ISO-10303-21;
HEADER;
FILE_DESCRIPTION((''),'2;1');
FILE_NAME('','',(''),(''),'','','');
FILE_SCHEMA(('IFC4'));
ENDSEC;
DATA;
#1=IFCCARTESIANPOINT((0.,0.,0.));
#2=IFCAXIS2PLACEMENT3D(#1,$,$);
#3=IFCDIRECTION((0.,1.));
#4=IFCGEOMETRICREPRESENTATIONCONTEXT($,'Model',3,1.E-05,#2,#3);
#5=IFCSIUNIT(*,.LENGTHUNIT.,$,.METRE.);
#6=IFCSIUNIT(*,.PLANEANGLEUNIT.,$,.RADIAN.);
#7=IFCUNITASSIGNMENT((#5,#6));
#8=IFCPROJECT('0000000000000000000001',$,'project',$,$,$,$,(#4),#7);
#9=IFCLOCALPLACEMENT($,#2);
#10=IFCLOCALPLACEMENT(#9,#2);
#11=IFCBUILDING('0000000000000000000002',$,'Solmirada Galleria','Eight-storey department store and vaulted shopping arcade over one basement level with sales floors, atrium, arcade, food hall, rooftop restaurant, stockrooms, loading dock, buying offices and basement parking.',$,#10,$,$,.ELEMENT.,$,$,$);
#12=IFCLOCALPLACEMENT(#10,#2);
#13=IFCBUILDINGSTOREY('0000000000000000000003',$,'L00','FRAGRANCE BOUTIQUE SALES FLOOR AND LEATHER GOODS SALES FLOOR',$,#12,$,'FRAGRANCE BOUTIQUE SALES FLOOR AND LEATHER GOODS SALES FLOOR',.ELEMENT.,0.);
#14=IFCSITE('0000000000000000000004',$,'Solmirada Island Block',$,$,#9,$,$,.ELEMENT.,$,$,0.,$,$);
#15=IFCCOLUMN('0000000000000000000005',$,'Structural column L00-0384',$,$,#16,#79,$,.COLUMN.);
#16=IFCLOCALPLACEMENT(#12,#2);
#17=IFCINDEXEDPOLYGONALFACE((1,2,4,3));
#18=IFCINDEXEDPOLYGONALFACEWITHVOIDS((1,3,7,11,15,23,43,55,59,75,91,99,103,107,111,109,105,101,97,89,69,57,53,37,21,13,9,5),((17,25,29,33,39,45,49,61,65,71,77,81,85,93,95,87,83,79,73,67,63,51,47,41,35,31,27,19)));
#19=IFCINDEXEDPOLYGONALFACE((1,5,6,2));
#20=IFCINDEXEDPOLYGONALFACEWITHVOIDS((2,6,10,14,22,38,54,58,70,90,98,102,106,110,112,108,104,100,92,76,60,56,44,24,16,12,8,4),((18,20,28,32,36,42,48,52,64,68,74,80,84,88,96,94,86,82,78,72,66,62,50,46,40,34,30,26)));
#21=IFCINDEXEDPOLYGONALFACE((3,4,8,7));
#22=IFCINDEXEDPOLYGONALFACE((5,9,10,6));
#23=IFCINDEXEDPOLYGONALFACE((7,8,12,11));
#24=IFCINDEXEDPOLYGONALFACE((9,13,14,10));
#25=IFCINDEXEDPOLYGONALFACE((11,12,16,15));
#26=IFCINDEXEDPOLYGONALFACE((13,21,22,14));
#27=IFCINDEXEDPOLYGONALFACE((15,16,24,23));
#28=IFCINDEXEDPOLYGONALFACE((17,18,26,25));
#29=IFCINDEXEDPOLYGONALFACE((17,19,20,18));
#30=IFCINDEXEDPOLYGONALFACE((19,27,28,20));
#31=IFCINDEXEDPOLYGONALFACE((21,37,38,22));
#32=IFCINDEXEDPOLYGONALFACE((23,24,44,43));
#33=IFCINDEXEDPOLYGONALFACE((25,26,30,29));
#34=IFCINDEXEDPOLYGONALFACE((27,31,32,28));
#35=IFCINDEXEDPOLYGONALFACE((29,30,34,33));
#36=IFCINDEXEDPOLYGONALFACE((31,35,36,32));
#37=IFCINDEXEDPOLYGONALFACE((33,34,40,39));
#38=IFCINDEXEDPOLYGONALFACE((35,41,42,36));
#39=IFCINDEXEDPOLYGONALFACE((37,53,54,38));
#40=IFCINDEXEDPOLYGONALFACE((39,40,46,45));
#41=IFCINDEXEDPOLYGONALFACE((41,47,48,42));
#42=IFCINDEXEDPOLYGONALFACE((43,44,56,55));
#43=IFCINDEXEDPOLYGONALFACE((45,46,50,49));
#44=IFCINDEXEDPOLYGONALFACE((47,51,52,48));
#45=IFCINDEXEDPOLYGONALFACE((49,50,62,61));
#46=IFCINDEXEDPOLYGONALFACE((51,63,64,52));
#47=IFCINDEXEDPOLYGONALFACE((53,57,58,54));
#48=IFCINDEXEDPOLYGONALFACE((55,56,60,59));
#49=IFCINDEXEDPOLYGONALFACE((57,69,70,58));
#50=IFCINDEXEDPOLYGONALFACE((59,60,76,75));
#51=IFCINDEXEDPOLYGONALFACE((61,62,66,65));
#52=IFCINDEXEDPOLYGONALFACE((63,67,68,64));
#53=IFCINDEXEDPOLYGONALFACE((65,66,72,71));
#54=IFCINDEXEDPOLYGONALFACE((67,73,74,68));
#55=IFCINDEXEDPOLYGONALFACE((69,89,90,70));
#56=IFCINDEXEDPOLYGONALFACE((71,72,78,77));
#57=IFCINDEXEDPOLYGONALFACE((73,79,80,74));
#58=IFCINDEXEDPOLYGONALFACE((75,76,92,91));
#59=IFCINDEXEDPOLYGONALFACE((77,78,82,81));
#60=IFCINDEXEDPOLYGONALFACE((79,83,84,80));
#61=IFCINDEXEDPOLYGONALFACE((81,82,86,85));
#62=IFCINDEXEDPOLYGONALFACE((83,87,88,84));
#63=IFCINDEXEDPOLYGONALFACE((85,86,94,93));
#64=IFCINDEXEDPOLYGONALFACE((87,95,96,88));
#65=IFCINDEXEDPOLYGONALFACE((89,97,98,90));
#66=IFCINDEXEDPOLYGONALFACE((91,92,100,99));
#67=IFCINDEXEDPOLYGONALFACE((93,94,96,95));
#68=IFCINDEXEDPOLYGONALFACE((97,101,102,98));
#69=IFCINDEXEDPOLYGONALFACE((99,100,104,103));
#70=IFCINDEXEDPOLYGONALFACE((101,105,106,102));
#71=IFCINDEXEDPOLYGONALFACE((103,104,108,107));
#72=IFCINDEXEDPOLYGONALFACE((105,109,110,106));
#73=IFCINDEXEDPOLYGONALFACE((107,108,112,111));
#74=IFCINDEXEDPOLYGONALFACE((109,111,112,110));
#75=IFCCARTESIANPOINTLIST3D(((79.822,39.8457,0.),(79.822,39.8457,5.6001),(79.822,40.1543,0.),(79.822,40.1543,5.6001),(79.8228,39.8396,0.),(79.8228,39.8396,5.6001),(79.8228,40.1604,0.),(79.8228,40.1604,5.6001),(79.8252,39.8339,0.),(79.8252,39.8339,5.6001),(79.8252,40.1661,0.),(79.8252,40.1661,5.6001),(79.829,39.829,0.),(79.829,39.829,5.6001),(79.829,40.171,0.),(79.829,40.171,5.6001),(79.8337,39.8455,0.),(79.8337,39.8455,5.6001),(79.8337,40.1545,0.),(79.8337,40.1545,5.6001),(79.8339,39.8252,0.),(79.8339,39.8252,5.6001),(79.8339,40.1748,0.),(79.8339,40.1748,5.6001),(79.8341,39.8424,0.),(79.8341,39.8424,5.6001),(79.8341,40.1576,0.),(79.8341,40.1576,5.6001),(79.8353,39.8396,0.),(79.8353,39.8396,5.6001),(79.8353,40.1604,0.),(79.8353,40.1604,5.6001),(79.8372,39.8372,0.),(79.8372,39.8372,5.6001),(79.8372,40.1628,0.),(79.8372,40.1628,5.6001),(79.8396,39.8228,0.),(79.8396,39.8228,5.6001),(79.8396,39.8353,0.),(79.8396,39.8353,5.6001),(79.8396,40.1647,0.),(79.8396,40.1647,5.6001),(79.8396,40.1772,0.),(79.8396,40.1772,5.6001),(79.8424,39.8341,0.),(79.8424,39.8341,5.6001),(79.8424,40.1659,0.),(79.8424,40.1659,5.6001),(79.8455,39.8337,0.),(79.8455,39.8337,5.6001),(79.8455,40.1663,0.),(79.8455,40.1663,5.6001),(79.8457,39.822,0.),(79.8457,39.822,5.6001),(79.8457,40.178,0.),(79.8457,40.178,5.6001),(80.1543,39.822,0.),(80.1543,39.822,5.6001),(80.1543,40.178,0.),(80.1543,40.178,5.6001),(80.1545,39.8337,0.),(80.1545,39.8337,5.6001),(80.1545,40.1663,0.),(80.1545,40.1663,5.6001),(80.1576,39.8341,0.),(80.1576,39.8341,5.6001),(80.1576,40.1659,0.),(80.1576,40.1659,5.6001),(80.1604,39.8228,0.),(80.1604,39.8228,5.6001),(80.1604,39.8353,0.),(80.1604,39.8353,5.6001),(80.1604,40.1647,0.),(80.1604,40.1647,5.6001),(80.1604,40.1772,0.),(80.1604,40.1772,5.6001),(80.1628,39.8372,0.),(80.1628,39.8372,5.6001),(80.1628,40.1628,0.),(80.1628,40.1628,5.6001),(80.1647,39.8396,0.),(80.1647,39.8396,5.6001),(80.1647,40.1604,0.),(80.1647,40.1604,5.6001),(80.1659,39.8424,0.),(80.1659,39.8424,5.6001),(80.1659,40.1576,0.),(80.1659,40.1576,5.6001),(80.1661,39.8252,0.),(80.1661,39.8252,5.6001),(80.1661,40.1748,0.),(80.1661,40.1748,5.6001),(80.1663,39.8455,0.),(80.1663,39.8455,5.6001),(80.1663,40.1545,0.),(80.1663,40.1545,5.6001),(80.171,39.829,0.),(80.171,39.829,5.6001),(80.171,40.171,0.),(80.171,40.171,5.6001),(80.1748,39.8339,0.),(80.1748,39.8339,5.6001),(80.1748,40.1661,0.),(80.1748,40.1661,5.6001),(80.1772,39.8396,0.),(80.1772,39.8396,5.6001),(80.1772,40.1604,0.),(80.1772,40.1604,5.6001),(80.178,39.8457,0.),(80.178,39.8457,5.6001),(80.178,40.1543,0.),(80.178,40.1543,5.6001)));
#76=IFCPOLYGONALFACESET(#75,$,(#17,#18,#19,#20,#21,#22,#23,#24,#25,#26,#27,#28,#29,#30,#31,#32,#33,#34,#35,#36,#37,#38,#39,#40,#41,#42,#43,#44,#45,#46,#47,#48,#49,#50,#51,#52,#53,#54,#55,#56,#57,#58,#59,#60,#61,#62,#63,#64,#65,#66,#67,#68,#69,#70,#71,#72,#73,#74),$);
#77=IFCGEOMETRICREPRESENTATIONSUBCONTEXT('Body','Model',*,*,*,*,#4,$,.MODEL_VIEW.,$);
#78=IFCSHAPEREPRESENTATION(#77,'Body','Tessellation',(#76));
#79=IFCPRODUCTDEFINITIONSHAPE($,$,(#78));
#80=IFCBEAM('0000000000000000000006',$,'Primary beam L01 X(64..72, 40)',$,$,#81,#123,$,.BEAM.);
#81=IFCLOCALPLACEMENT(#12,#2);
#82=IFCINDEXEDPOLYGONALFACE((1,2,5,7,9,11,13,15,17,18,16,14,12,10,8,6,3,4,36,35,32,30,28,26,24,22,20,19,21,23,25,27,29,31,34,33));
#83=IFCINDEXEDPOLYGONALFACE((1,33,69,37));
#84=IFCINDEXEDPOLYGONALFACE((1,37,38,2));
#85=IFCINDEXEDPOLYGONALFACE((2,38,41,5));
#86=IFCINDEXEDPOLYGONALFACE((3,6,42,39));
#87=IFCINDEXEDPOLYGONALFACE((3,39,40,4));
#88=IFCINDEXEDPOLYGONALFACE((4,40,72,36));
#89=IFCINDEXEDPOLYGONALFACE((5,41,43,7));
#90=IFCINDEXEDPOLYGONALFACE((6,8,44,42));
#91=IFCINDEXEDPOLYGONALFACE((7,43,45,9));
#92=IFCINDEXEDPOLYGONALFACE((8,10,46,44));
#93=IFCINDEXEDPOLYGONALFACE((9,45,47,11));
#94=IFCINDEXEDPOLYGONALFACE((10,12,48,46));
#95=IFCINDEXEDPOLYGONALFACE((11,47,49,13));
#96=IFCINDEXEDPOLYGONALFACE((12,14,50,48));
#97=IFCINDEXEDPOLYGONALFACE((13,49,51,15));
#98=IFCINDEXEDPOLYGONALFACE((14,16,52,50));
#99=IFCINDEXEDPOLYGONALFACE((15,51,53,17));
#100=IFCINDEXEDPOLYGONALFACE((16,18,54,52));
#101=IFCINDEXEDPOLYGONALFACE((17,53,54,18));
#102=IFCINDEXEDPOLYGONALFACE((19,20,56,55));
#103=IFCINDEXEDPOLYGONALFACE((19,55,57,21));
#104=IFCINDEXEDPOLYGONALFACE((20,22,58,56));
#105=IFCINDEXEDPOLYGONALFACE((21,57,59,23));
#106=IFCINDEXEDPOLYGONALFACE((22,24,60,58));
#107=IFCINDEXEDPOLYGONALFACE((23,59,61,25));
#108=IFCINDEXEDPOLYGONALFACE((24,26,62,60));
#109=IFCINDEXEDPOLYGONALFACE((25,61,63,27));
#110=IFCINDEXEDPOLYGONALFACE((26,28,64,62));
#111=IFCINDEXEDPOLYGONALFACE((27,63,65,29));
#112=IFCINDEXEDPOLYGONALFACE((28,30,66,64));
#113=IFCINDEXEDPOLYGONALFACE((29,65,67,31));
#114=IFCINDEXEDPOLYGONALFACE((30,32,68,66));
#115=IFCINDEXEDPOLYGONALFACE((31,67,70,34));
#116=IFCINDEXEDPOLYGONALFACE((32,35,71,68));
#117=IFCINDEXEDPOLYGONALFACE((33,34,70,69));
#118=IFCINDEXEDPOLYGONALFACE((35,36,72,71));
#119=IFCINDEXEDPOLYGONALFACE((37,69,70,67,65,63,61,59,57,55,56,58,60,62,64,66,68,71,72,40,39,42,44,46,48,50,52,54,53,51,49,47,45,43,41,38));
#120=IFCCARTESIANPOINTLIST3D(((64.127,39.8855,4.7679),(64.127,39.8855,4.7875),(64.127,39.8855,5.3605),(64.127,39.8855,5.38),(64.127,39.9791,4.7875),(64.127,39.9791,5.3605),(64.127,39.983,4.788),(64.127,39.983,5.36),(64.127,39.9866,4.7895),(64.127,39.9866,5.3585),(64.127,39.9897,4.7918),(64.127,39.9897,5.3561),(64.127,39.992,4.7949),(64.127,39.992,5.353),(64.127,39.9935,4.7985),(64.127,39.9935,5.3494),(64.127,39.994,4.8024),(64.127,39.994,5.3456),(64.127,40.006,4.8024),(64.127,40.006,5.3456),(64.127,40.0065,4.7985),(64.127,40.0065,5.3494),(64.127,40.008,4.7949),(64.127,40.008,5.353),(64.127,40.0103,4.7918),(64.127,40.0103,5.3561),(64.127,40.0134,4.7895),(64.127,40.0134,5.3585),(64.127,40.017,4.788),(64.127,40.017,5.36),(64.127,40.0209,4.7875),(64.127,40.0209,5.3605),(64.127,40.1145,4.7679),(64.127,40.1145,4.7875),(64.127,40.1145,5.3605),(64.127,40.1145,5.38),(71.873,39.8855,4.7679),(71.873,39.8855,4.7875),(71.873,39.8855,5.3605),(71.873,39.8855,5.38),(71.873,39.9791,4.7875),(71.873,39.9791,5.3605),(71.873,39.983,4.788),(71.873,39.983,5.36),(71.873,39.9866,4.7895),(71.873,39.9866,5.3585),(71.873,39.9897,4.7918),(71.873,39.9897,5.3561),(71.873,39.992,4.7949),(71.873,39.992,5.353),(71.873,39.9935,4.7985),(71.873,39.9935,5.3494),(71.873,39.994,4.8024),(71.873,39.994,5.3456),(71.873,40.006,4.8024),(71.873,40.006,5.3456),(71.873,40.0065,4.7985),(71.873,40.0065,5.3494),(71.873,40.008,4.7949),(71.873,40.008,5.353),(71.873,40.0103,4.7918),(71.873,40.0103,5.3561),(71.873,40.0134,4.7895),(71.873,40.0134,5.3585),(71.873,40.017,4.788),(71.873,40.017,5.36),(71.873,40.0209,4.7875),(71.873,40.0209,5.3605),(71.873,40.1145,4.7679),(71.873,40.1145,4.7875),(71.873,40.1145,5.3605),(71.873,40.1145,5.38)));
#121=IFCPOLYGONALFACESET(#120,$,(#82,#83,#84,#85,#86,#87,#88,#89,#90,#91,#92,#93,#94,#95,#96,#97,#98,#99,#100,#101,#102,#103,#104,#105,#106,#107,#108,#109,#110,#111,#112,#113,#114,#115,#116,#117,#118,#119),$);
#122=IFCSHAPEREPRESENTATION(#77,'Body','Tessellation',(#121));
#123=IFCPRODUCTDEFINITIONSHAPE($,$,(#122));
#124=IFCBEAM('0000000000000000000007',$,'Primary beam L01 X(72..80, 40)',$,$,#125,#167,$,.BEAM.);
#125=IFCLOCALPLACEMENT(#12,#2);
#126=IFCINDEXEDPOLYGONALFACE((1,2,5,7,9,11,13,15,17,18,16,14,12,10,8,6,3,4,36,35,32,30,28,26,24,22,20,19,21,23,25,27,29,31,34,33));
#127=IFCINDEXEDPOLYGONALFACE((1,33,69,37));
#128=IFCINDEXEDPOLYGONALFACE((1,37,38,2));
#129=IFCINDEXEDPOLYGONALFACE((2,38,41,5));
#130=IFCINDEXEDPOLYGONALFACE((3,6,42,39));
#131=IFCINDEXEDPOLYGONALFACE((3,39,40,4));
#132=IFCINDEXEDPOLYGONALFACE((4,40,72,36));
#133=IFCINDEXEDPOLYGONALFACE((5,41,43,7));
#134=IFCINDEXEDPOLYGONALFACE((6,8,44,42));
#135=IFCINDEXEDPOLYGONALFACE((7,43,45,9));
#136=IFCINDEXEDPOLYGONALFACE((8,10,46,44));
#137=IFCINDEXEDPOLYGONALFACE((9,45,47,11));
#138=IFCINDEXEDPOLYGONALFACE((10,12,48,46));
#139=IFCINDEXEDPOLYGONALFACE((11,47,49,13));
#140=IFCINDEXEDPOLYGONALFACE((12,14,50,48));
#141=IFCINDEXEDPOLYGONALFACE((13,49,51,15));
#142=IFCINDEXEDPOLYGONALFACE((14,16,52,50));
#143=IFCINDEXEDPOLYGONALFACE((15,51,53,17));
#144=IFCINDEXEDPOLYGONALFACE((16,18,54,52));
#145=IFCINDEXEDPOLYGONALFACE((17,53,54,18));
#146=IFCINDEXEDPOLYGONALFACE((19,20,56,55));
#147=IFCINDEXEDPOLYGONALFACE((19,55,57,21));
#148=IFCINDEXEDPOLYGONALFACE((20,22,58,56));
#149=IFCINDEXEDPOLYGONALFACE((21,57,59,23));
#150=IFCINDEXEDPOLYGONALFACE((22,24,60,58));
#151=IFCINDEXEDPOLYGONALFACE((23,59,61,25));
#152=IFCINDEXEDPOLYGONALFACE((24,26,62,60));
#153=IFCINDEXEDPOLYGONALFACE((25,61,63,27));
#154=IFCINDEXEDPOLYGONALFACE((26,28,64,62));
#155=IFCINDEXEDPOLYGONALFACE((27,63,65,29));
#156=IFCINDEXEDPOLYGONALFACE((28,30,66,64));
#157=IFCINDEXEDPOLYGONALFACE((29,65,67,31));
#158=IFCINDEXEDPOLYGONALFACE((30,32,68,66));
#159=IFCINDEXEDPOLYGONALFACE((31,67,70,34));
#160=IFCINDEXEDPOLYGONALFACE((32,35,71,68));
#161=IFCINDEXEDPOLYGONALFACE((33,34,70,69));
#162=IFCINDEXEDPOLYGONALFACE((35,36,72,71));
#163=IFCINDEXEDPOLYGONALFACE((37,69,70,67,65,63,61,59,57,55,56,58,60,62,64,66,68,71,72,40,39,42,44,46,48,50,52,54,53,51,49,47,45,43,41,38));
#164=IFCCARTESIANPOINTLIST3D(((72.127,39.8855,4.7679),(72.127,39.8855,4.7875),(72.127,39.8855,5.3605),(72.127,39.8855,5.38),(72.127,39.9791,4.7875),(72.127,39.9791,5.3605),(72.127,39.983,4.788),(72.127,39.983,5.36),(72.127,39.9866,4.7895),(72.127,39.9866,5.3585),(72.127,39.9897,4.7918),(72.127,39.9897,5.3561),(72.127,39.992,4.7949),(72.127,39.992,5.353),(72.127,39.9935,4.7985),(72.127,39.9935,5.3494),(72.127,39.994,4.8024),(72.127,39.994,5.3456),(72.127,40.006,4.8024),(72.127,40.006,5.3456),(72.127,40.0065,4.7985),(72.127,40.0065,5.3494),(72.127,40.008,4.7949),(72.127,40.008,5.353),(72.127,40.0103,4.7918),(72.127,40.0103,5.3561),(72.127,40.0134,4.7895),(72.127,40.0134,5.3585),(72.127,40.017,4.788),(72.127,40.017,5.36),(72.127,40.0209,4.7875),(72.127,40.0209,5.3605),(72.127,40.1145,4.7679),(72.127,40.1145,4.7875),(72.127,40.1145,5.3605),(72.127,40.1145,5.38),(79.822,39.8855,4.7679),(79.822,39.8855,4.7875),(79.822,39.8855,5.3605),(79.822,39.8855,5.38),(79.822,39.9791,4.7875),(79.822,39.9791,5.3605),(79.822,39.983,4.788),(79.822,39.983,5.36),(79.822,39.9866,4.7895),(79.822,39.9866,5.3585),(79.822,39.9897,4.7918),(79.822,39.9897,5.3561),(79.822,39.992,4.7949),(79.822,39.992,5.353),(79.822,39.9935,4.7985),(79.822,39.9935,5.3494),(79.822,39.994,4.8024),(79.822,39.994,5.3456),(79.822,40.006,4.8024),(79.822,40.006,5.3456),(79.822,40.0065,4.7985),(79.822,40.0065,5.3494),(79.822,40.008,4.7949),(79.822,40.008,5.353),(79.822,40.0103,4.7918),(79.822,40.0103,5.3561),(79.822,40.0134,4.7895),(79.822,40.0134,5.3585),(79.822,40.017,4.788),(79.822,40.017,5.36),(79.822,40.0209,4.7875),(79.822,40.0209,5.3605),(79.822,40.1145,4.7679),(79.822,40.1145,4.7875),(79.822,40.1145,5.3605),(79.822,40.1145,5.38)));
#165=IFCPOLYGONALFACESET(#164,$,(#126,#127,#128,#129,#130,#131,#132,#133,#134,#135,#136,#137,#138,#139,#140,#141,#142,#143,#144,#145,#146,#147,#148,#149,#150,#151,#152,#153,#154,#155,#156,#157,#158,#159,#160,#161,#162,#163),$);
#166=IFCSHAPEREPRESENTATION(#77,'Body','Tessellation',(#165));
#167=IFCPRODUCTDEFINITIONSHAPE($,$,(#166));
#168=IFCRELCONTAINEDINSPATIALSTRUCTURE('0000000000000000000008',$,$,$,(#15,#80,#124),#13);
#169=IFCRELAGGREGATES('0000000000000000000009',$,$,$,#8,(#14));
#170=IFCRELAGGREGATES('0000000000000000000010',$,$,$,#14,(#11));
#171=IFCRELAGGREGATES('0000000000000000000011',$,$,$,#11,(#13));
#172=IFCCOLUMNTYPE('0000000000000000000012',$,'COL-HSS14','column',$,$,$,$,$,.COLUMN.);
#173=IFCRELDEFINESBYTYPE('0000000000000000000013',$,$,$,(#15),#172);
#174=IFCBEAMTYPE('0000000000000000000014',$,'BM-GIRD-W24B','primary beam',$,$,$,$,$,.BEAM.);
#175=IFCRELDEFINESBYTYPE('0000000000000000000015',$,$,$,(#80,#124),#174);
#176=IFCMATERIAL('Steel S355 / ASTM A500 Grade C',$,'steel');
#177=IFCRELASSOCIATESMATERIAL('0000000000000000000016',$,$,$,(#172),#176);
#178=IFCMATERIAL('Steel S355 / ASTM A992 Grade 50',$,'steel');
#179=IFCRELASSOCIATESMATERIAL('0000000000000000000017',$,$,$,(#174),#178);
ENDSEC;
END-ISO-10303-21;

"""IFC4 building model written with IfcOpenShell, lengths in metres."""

from ifc_helpers import new_model, si_unit, direction, frame, origin, origin_2d, place, context, subcontext, project, spatial, hollow_rectangle, i_section, extrude, material, material_profile, profile_set, type_object, element, save


model = new_model("IFC4")

# Units and contexts
model_context = context("Model", 3, precision=1e-05, world=origin(), true_north=direction((0.0, 1.0)))
body_context = subcontext(model_context, "Body", "Model", "MODEL_VIEW")
ifc_project = project(units=[si_unit("LENGTHUNIT", "METRE"), si_unit("PLANEANGLEUNIT", "RADIAN")], contexts=[model_context])

# Site, building, storey
site_placement = place(None, origin())
site = spatial("IfcSite", under=ifc_project, at=site_placement, Name="Solmirada Island Block", CompositionType="ELEMENT", RefElevation=0.0)
building_placement = place(site_placement, origin())
building = spatial("IfcBuilding", under=site, at=building_placement, Name="Solmirada Galleria", Description="Eight-storey department store and vaulted shopping arcade over one basement level with sales floors, atrium, arcade, food hall, rooftop restaurant, stockrooms, loading dock, buying offices and basement parking.", CompositionType="ELEMENT")
storey_placement = place(building_placement, origin())
storey = spatial("IfcBuildingStorey", under=building, at=storey_placement, Name="L00", Description="FRAGRANCE BOUTIQUE SALES FLOOR AND LEATHER GOODS SALES FLOOR", LongName="FRAGRANCE BOUTIQUE SALES FLOOR AND LEATHER GOODS SALES FLOOR", CompositionType="ELEMENT", Elevation=0.0)

# Column
ifc_material_1 = material(Name="Steel S355 / ASTM A500 Grade C", Category="steel")
ifc_material_profile_1 = material_profile(ifc_material_1, hollow_rectangle(XDim=0.356, YDim=0.356, WallThickness=0.0117, InnerFilletRadius=0.0117, OuterFilletRadius=0.0237, at=origin_2d()), Name="HSS14X14X1/2")
ifc_profile_set_1 = profile_set([ifc_material_profile_1], Name="Steel S355 / ASTM A500 Grade C")
column_type_1 = type_object("IfcColumnType", Name="COL-HSS14", Description="column", PredefinedType="COLUMN", material=ifc_profile_set_1)
column_placement = place(storey_placement, frame((80.0, 40.0, 0.0), z_axis=(0.0, 0.0, 1.0), x_axis=(1.0, 0.0, 0.0)))
element("IfcColumn", 1, at=column_placement, inside=storey, type_object=column_type_1, Name="Structural column L00-0384", PredefinedType="COLUMN", context=body_context, shape_type="SweptSolid", body=[
    extrude(hollow_rectangle(XDim=0.356, YDim=0.356, WallThickness=0.0117, InnerFilletRadius=0.0117, OuterFilletRadius=0.0237, at=origin_2d()), origin(), (0.0, 0.0, 1.0), 5.6001),
])

# Beams
ifc_material_2 = material(Name="Steel S355 / ASTM A992 Grade 50", Category="steel")
ifc_material_profile_2 = material_profile(ifc_material_2, i_section(OverallWidth=0.229, OverallDepth=0.6121, WebThickness=0.012, FlangeThickness=0.0195, FilletRadius=0.0149, at=origin_2d()), Name="W24X84")
ifc_profile_set_2 = profile_set([ifc_material_profile_2], Name="Steel S355 / ASTM A992 Grade 50")
beam_type_1 = type_object("IfcBeamType", Name="BM-GIRD-W24B", Description="primary beam", PredefinedType="BEAM", material=ifc_profile_set_2)
beam_1_placement = place(storey_placement, frame((64.127, 40.0, 5.074), z_axis=(1.0, 0.0, 0.0), x_axis=(0.0, 1.0, 0.0)))
element("IfcBeam", 2, at=beam_1_placement, inside=storey, type_object=beam_type_1, Name="Primary beam L01 X(64..72, 40)", PredefinedType="BEAM", context=body_context, shape_type="SweptSolid", body=[
    extrude(i_section(OverallWidth=0.229, OverallDepth=0.6121, WebThickness=0.012, FlangeThickness=0.0195, FilletRadius=0.0149, at=origin_2d()), origin(), (0.0, 0.0, 1.0), 7.7461),
])
beam_2_placement = place(storey_placement, frame((72.127, 40.0, 5.074), z_axis=(1.0, 0.0, 0.0), x_axis=(0.0, 1.0, 0.0)))
element("IfcBeam", 3, at=beam_2_placement, inside=storey, type_object=beam_type_1, Name="Primary beam L01 X(72..80, 40)", PredefinedType="BEAM", context=body_context, shape_type="SweptSolid", body=[
    extrude(i_section(OverallWidth=0.229, OverallDepth=0.6121, WebThickness=0.012, FlangeThickness=0.0195, FilletRadius=0.0149, at=origin_2d()), origin(), (0.0, 0.0, 1.0), 7.6951),
])

save(model, "model.ifc")
